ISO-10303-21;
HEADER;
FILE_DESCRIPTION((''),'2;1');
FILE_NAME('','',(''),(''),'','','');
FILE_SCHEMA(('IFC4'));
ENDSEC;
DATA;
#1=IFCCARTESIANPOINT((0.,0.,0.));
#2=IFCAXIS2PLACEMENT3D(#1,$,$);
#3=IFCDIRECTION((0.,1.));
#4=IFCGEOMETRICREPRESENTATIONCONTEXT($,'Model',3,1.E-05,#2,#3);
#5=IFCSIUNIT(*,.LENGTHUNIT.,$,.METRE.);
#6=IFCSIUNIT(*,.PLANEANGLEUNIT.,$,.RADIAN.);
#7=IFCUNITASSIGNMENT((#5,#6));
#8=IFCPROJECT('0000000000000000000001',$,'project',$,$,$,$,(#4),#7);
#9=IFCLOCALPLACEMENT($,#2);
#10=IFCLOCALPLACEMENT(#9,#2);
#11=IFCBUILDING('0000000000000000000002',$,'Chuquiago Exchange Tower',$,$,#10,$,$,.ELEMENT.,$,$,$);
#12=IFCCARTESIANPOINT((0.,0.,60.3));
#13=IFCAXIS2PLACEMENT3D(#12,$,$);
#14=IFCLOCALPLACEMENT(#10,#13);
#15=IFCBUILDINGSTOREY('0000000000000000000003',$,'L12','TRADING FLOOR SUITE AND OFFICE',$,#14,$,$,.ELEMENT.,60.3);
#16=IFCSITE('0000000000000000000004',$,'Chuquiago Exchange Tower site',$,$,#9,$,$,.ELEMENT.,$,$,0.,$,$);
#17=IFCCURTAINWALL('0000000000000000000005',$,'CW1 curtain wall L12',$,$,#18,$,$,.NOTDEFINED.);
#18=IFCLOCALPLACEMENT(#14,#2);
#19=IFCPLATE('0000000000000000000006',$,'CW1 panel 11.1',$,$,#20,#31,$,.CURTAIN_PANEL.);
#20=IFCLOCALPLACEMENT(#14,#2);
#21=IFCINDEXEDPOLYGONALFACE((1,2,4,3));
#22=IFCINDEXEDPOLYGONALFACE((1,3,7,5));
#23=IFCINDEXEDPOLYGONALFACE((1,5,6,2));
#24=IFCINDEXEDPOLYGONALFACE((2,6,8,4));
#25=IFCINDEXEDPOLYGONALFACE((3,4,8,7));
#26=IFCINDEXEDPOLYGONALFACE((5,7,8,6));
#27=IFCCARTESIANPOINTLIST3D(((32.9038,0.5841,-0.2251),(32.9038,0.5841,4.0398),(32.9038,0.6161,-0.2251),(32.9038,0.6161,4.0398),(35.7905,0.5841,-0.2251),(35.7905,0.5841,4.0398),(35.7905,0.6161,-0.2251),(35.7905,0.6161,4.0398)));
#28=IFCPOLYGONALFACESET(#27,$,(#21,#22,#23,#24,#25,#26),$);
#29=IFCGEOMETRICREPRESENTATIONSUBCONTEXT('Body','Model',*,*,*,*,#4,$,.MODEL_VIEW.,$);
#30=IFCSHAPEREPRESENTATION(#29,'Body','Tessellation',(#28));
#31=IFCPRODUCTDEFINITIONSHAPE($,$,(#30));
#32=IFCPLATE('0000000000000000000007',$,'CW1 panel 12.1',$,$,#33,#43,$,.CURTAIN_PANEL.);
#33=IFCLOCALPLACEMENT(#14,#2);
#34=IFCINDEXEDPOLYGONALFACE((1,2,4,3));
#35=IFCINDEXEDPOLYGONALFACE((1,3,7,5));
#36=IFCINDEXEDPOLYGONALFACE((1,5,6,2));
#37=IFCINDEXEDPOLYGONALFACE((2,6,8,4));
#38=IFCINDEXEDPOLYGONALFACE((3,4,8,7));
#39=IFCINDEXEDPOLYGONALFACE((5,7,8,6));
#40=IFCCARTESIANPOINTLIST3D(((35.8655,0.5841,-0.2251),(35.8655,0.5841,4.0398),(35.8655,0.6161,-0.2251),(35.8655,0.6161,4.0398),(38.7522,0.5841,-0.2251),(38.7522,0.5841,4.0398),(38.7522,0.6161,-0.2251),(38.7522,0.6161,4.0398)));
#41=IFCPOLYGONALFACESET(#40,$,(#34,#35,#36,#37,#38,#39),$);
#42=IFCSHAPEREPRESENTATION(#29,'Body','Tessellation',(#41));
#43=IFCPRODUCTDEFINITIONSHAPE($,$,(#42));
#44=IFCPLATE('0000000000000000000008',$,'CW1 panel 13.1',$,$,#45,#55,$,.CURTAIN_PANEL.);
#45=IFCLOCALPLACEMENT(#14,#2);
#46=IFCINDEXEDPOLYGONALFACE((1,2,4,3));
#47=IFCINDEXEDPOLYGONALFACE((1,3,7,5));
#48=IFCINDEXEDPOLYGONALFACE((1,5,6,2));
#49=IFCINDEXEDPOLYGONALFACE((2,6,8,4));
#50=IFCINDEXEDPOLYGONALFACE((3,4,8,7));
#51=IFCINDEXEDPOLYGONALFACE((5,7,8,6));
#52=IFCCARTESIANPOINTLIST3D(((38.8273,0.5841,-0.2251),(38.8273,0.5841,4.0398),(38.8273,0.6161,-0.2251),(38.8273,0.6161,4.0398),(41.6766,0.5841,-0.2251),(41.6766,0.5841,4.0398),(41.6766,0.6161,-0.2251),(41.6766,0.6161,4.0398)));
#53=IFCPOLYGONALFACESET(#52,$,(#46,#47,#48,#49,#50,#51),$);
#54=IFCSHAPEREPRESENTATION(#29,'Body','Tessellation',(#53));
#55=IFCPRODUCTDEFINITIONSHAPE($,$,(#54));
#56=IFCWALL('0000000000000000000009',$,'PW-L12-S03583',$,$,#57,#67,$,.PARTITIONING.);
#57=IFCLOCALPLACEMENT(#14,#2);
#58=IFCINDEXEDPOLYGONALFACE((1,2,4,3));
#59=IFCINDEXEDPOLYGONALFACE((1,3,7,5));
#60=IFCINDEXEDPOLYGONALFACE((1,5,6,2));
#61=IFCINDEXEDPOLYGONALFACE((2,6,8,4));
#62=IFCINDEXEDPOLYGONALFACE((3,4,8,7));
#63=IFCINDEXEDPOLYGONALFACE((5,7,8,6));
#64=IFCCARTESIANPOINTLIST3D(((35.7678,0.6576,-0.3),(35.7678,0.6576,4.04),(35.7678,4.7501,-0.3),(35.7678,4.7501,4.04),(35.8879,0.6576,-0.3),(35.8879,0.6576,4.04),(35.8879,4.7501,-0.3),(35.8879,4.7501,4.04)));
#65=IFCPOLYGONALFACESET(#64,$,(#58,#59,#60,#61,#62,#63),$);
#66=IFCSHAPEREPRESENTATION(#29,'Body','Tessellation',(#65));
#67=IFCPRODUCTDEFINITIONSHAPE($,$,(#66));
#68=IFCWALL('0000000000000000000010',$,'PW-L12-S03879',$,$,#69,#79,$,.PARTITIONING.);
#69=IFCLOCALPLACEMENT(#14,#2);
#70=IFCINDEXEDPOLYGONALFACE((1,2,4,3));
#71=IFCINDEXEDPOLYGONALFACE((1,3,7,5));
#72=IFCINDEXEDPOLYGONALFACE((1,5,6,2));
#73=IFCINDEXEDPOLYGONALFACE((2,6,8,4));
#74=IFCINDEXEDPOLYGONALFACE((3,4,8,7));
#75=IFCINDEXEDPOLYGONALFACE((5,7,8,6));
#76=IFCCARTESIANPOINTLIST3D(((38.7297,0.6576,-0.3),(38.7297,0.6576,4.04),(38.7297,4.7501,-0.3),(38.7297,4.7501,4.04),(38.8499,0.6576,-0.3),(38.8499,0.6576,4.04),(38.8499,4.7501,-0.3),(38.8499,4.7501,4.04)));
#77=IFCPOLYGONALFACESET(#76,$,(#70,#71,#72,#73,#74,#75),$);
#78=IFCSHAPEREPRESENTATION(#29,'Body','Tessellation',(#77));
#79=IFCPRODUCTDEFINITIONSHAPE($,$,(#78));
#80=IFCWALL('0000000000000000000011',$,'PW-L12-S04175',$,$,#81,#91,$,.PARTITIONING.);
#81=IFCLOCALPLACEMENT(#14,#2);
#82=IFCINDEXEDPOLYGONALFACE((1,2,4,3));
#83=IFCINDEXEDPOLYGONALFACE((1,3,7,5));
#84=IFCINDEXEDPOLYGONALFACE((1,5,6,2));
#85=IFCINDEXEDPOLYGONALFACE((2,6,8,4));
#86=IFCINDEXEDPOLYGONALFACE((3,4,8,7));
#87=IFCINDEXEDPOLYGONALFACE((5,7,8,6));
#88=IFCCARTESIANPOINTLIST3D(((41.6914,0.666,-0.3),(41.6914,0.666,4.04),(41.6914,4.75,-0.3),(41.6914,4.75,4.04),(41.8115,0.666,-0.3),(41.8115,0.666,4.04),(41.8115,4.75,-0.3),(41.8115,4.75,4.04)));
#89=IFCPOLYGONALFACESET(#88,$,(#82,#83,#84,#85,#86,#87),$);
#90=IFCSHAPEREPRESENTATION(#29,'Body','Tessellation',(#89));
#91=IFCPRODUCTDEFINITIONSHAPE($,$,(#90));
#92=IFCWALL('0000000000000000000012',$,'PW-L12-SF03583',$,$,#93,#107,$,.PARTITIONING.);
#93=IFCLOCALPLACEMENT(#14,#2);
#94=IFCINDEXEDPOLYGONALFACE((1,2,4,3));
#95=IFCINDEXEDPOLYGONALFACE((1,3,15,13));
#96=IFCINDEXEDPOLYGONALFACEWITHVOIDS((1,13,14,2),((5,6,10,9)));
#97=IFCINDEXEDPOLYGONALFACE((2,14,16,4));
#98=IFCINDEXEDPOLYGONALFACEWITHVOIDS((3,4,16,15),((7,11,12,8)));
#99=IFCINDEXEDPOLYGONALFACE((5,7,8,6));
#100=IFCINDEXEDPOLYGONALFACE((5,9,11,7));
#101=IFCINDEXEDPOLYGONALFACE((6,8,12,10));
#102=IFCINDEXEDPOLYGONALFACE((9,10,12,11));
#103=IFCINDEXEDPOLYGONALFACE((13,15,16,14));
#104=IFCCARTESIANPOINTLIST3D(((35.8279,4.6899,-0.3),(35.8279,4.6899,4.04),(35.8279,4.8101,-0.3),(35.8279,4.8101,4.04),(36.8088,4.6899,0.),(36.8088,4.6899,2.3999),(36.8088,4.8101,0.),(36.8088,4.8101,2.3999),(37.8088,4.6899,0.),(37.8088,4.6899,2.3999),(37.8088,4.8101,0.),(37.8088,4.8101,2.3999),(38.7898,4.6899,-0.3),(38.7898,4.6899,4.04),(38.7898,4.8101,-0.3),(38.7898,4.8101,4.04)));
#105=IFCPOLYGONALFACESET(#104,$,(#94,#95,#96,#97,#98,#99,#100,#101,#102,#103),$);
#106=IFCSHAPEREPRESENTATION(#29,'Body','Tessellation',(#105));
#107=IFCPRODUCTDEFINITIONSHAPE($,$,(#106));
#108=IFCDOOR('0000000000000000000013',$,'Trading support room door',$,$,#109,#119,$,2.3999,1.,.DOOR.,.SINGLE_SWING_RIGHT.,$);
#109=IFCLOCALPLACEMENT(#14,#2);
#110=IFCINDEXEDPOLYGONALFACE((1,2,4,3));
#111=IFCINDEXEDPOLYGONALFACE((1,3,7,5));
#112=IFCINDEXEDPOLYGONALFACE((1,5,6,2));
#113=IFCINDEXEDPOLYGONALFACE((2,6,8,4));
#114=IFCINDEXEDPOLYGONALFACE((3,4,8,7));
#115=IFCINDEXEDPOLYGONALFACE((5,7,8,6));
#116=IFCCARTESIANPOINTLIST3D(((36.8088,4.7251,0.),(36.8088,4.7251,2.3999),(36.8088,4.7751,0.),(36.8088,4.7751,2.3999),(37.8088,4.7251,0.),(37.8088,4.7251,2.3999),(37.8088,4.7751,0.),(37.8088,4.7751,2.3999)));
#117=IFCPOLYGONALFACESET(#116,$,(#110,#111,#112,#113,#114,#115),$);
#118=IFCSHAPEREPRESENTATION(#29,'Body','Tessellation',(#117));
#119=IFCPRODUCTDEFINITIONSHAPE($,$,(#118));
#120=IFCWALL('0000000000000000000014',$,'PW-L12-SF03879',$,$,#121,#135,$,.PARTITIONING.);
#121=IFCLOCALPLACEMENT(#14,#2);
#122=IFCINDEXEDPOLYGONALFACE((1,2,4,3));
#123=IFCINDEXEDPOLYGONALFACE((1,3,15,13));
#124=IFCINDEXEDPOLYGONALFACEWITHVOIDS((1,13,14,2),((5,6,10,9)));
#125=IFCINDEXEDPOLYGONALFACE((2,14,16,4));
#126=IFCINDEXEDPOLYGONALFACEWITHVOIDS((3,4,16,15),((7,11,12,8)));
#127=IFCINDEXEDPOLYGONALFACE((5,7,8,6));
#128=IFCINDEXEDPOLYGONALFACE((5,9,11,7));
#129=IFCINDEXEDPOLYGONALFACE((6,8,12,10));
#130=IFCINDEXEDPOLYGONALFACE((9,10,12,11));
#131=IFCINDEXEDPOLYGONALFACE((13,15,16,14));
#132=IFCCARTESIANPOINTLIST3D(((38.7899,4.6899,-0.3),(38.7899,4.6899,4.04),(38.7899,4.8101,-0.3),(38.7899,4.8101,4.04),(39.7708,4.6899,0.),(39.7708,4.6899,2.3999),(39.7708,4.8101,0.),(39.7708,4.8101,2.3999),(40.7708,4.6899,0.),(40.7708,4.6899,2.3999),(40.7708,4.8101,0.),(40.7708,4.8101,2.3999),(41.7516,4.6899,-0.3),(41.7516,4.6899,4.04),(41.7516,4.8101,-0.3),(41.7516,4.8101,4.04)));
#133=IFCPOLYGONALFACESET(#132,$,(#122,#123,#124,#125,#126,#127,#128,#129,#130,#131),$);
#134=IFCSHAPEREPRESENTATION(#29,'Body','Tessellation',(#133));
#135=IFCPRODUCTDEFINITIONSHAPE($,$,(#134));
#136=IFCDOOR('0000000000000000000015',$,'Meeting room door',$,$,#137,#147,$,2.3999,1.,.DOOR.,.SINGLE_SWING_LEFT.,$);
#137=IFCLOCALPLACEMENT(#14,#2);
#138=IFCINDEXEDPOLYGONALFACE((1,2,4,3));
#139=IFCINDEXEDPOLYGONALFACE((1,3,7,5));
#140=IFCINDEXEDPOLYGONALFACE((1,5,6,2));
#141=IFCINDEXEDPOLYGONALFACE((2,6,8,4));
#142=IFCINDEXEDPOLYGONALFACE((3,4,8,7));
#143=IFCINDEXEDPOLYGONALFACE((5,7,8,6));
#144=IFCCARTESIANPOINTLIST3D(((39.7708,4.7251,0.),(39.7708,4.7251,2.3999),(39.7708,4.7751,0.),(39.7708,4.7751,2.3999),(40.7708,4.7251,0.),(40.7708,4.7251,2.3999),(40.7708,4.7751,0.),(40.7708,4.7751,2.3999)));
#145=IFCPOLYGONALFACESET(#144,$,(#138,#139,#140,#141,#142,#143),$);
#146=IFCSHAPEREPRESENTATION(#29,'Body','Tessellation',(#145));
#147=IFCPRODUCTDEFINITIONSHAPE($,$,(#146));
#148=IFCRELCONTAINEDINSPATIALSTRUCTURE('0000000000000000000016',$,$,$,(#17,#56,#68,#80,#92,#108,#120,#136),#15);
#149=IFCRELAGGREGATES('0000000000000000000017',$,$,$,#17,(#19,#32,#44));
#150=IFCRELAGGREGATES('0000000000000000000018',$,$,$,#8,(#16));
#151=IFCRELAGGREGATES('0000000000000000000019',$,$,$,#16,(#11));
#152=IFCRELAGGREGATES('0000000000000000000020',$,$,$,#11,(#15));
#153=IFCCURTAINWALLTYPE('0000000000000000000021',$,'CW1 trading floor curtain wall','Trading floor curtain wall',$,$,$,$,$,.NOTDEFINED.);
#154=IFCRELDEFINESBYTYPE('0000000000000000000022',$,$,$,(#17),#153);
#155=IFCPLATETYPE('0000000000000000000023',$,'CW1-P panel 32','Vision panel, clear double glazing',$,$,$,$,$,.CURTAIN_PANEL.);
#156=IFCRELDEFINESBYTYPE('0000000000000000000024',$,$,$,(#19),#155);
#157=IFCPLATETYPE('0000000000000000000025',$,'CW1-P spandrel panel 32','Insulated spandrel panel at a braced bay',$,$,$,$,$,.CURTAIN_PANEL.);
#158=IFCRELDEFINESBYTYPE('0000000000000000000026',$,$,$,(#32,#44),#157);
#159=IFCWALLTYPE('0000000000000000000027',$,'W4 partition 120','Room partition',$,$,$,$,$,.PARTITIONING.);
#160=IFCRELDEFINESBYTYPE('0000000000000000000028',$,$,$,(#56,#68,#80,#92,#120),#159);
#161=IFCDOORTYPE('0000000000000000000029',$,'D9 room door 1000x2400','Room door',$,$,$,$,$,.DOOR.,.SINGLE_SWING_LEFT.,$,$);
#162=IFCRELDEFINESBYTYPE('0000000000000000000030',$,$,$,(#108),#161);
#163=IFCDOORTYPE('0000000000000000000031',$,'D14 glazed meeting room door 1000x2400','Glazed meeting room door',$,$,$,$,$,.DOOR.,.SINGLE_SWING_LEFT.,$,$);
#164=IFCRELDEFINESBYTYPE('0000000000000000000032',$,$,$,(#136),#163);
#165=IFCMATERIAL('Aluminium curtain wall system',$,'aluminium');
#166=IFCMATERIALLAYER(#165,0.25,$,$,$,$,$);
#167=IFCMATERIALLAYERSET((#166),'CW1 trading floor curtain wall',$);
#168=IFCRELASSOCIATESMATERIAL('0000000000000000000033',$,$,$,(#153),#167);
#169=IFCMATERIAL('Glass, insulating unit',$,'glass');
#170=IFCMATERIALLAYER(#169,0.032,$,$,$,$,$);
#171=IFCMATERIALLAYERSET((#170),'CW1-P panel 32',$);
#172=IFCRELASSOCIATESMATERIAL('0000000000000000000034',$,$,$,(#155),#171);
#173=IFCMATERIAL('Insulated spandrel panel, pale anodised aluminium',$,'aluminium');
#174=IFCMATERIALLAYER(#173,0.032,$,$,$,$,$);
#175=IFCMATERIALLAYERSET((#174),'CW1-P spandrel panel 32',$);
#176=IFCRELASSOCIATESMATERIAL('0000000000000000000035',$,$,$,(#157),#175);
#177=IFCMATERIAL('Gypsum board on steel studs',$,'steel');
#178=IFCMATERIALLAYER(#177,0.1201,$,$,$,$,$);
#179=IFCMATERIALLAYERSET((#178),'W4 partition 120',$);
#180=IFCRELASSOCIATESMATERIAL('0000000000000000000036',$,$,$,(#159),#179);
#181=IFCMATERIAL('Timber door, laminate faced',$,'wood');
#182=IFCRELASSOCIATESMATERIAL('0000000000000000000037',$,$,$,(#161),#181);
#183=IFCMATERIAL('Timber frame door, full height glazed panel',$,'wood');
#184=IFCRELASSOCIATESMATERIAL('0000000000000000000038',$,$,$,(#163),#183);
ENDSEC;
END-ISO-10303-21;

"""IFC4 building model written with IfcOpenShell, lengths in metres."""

from ifc_helpers import new_model, si_unit, direction, frame, frame_2d, origin, origin_2d, place, context, subcontext, project, spatial, rectangle, extrude, material, layer, layer_set, type_object, element, fill, aggregate, save


model = new_model("IFC4")

# Units and contexts
model_context = context("Model", 3, precision=1e-05, world=origin(), true_north=direction((0.0, 1.0)))
body_context = subcontext(model_context, "Body", "Model", "MODEL_VIEW")
ifc_project = project(units=[si_unit("LENGTHUNIT", "METRE"), si_unit("PLANEANGLEUNIT", "RADIAN")], contexts=[model_context])

# Site, building, storey
site_placement = place(None, origin())
site = spatial("IfcSite", under=ifc_project, at=site_placement, Name="Chuquiago Exchange Tower site", CompositionType="ELEMENT", RefElevation=0.0)
building_placement = place(site_placement, origin())
building = spatial("IfcBuilding", under=site, at=building_placement, Name="Chuquiago Exchange Tower", CompositionType="ELEMENT")
storey_placement = place(building_placement, frame((0.0, 0.0, 60.3)))
storey = spatial("IfcBuildingStorey", under=building, at=storey_placement, Name="L12", Description="TRADING FLOOR SUITE AND OFFICE", CompositionType="ELEMENT", Elevation=60.3)

# Curtain wall
ifc_material_1 = material(Name="Aluminium curtain wall system", Category="aluminium")
ifc_layer_1 = layer(ifc_material_1, 0.25)
ifc_layer_set_1 = layer_set([ifc_layer_1], Name="CW1 trading floor curtain wall")
curtain_wall_type_1 = type_object("IfcCurtainWallType", Name="CW1 trading floor curtain wall", Description="Trading floor curtain wall", PredefinedType="NOTDEFINED", material=ifc_layer_set_1)
curtain_wall_1_placement = place(storey_placement, origin())
curtain_wall_1 = element("IfcCurtainWall", 1, at=curtain_wall_1_placement, inside=storey, type_object=curtain_wall_type_1, Name="CW1 curtain wall L12", PredefinedType="NOTDEFINED")

# Plates
ifc_material_2 = material(Name="Glass, insulating unit", Category="glass")
ifc_layer_2 = layer(ifc_material_2, 0.032)
ifc_layer_set_2 = layer_set([ifc_layer_2], Name="CW1-P panel 32")
plate_type_1 = type_object("IfcPlateType", Name="CW1-P panel 32", Description="Vision panel, clear double glazing", PredefinedType="CURTAIN_PANEL", material=ifc_layer_set_2)
plate_1_placement = place(storey_placement, frame((34.3472, 0.6001, -0.2251), z_axis=(0.0, 0.0, 1.0), x_axis=(1.0, 0.0, 0.0)))
plate_1 = element("IfcPlate", 2, at=plate_1_placement, type_object=plate_type_1, Name="CW1 panel 11.1", PredefinedType="CURTAIN_PANEL", context=body_context, shape_type="SweptSolid", body=[
    extrude(rectangle(XDim=2.8867, YDim=0.032, at=origin_2d()), origin(), (0.0, 0.0, 1.0), 4.2649),
])
ifc_material_3 = material(Name="Insulated spandrel panel, pale anodised aluminium", Category="aluminium")
ifc_layer_3 = layer(ifc_material_3, 0.032)
ifc_layer_set_3 = layer_set([ifc_layer_3], Name="CW1-P spandrel panel 32")
plate_type_2 = type_object("IfcPlateType", Name="CW1-P spandrel panel 32", Description="Insulated spandrel panel at a braced bay", PredefinedType="CURTAIN_PANEL", material=ifc_layer_set_3)
plate_2_placement = place(storey_placement, frame((37.3088, 0.6001, -0.2251), z_axis=(0.0, 0.0, 1.0), x_axis=(1.0, 0.0, 0.0)))
plate_2 = element("IfcPlate", 3, at=plate_2_placement, type_object=plate_type_2, Name="CW1 panel 12.1", PredefinedType="CURTAIN_PANEL", context=body_context, shape_type="SweptSolid", body=[
    extrude(rectangle(XDim=2.8867, YDim=0.032, at=origin_2d()), origin(), (0.0, 0.0, 1.0), 4.2649),
])
plate_3_placement = place(storey_placement, frame((40.252, 0.6001, -0.2251), z_axis=(0.0, 0.0, 1.0), x_axis=(1.0, 0.0, 0.0)))
plate_3 = element("IfcPlate", 4, at=plate_3_placement, type_object=plate_type_2, Name="CW1 panel 13.1", PredefinedType="CURTAIN_PANEL", context=body_context, shape_type="SweptSolid", body=[
    extrude(rectangle(XDim=2.8494, YDim=0.032, at=origin_2d()), origin(), (0.0, 0.0, 1.0), 4.2649),
])
aggregate(curtain_wall_1, [plate_1, plate_2, plate_3])

# Walls
ifc_material_4 = material(Name="Gypsum board on steel studs", Category="steel")
ifc_layer_4 = layer(ifc_material_4, 0.1201)
ifc_layer_set_4 = layer_set([ifc_layer_4], Name="W4 partition 120")
wall_type = type_object("IfcWallType", Name="W4 partition 120", Description="Room partition", PredefinedType="PARTITIONING", material=ifc_layer_set_4)
for number, where, z_axis, x_axis, name in (
    (5, (35.8279, 0.6575, -0.3), (0.0, 0.0, 1.0), (0.0, 1.0, 0.0), "PW-L12-S03583"),
    (6, (38.7898, 0.6575, -0.3), (0.0, 0.0, 1.0), (0.0, 1.0, 0.0), "PW-L12-S03879"),
):
    element("IfcWall", number, at=place(storey_placement, frame(where, z_axis=z_axis, x_axis=x_axis)), inside=storey, type_object=wall_type, Name=name, PredefinedType="PARTITIONING", context=body_context, shape_type="SweptSolid", body=[
        extrude(rectangle(XDim=4.0925, YDim=0.1201, at=frame_2d((2.0464, 0.0))), origin(), (0.0, 0.0, 1.0), 4.3401),
    ])
wall_1_placement = place(storey_placement, frame((41.7515, 0.666, -0.3), z_axis=(0.0, 0.0, 1.0), x_axis=(0.0, 1.0, 0.0)))
element("IfcWall", 7, at=wall_1_placement, inside=storey, type_object=wall_type, Name="PW-L12-S04175", PredefinedType="PARTITIONING", context=body_context, shape_type="SweptSolid", body=[
    extrude(rectangle(XDim=4.084, YDim=0.1201, at=frame_2d((2.042, 0.0))), origin(), (0.0, 0.0, 1.0), 4.3401),
])

# Walls, openings, doors
wall_2_placement = place(storey_placement, frame((35.8279, 4.75, -0.3), z_axis=(0.0, 0.0, 1.0), x_axis=(1.0, 0.0, 0.0)))
wall_2 = element("IfcWall", 8, at=wall_2_placement, inside=storey, type_object=wall_type, Name="PW-L12-SF03583", PredefinedType="PARTITIONING", context=body_context, shape_type="SweptSolid", body=[
    extrude(rectangle(XDim=2.9619, YDim=0.1201, at=frame_2d((1.481, 0.0))), origin(), (0.0, 0.0, 1.0), 4.3401),
])
opening_1_placement = place(wall_2_placement, frame((0.981, 0.0, 0.3)))
opening_1 = element("IfcOpeningElement", 9, at=opening_1_placement, cuts=wall_2, PredefinedType="OPENING", context=body_context, shape_type="SweptSolid", body=[
    extrude(rectangle(XDim=1.0, YDim=2.3999, at=frame_2d((0.5, 1.2))), frame((0.0, 0.0701, 0.0), z_axis=(0.0, -1.0, 0.0), x_axis=(1.0, 0.0, 0.0)), (0.0, 0.0, 1.0), 0.1401),
])
ifc_material_5 = material(Name="Timber door, laminate faced", Category="wood")
door_type_1 = type_object("IfcDoorType", Name="D9 room door 1000x2400", Description="Room door", OperationType="SINGLE_SWING_LEFT", PredefinedType="DOOR", material=ifc_material_5)
door_1_placement = place(opening_1_placement, frame((1.0, 0.0, 0.0), z_axis=(0.0, 0.0, 1.0), x_axis=(-1.0, 0.0, 0.0)))
door_1 = element("IfcDoor", 10, at=door_1_placement, inside=storey, type_object=door_type_1, Name="Trading support room door", OperationType="SINGLE_SWING_RIGHT", OverallHeight=2.3999, OverallWidth=1.0, PredefinedType="DOOR", context=body_context, shape_type="SweptSolid", body=[
    extrude(rectangle(XDim=1.0, YDim=2.3999, at=frame_2d((0.5, 1.2))), frame((0.0, 0.0249, 0.0), z_axis=(0.0, -1.0, 0.0), x_axis=(1.0, 0.0, 0.0)), (0.0, 0.0, 1.0), 0.05),
])
fill(opening_1, door_1)
wall_3_placement = place(storey_placement, frame((38.7898, 4.75, -0.3), z_axis=(0.0, 0.0, 1.0), x_axis=(1.0, 0.0, 0.0)))
wall_3 = element("IfcWall", 11, at=wall_3_placement, inside=storey, type_object=wall_type, Name="PW-L12-SF03879", PredefinedType="PARTITIONING", context=body_context, shape_type="SweptSolid", body=[
    extrude(rectangle(XDim=2.9617, YDim=0.1201, at=frame_2d((1.481, 0.0))), origin(), (0.0, 0.0, 1.0), 4.3401),
])
opening_2_placement = place(wall_3_placement, frame((0.981, 0.0, 0.3)))
opening_2 = element("IfcOpeningElement", 12, at=opening_2_placement, cuts=wall_3, PredefinedType="OPENING", context=body_context, shape_type="SweptSolid", body=[
    extrude(rectangle(XDim=1.0, YDim=2.3999, at=frame_2d((0.5, 1.2))), frame((0.0, 0.0701, 0.0), z_axis=(0.0, -1.0, 0.0), x_axis=(1.0, 0.0, 0.0)), (0.0, 0.0, 1.0), 0.1401),
])
ifc_material_6 = material(Name="Timber frame door, full height glazed panel", Category="wood")
door_type_2 = type_object("IfcDoorType", Name="D14 glazed meeting room door 1000x2400", Description="Glazed meeting room door", OperationType="SINGLE_SWING_LEFT", PredefinedType="DOOR", material=ifc_material_6)
door_2_placement = place(opening_2_placement, frame((1.0, 0.0, 0.0), z_axis=(0.0, 0.0, 1.0), x_axis=(-1.0, 0.0, 0.0)))
door_2 = element("IfcDoor", 13, at=door_2_placement, inside=storey, type_object=door_type_2, Name="Meeting room door", OperationType="SINGLE_SWING_LEFT", OverallHeight=2.3999, OverallWidth=1.0, PredefinedType="DOOR", context=body_context, shape_type="SweptSolid", body=[
    extrude(rectangle(XDim=1.0, YDim=2.3999, at=frame_2d((0.5, 1.2))), frame((0.0, 0.0249, 0.0), z_axis=(0.0, -1.0, 0.0), x_axis=(1.0, 0.0, 0.0)), (0.0, 0.0, 1.0), 0.05),
])
fill(opening_2, door_2)

save(model, "model.ifc")
